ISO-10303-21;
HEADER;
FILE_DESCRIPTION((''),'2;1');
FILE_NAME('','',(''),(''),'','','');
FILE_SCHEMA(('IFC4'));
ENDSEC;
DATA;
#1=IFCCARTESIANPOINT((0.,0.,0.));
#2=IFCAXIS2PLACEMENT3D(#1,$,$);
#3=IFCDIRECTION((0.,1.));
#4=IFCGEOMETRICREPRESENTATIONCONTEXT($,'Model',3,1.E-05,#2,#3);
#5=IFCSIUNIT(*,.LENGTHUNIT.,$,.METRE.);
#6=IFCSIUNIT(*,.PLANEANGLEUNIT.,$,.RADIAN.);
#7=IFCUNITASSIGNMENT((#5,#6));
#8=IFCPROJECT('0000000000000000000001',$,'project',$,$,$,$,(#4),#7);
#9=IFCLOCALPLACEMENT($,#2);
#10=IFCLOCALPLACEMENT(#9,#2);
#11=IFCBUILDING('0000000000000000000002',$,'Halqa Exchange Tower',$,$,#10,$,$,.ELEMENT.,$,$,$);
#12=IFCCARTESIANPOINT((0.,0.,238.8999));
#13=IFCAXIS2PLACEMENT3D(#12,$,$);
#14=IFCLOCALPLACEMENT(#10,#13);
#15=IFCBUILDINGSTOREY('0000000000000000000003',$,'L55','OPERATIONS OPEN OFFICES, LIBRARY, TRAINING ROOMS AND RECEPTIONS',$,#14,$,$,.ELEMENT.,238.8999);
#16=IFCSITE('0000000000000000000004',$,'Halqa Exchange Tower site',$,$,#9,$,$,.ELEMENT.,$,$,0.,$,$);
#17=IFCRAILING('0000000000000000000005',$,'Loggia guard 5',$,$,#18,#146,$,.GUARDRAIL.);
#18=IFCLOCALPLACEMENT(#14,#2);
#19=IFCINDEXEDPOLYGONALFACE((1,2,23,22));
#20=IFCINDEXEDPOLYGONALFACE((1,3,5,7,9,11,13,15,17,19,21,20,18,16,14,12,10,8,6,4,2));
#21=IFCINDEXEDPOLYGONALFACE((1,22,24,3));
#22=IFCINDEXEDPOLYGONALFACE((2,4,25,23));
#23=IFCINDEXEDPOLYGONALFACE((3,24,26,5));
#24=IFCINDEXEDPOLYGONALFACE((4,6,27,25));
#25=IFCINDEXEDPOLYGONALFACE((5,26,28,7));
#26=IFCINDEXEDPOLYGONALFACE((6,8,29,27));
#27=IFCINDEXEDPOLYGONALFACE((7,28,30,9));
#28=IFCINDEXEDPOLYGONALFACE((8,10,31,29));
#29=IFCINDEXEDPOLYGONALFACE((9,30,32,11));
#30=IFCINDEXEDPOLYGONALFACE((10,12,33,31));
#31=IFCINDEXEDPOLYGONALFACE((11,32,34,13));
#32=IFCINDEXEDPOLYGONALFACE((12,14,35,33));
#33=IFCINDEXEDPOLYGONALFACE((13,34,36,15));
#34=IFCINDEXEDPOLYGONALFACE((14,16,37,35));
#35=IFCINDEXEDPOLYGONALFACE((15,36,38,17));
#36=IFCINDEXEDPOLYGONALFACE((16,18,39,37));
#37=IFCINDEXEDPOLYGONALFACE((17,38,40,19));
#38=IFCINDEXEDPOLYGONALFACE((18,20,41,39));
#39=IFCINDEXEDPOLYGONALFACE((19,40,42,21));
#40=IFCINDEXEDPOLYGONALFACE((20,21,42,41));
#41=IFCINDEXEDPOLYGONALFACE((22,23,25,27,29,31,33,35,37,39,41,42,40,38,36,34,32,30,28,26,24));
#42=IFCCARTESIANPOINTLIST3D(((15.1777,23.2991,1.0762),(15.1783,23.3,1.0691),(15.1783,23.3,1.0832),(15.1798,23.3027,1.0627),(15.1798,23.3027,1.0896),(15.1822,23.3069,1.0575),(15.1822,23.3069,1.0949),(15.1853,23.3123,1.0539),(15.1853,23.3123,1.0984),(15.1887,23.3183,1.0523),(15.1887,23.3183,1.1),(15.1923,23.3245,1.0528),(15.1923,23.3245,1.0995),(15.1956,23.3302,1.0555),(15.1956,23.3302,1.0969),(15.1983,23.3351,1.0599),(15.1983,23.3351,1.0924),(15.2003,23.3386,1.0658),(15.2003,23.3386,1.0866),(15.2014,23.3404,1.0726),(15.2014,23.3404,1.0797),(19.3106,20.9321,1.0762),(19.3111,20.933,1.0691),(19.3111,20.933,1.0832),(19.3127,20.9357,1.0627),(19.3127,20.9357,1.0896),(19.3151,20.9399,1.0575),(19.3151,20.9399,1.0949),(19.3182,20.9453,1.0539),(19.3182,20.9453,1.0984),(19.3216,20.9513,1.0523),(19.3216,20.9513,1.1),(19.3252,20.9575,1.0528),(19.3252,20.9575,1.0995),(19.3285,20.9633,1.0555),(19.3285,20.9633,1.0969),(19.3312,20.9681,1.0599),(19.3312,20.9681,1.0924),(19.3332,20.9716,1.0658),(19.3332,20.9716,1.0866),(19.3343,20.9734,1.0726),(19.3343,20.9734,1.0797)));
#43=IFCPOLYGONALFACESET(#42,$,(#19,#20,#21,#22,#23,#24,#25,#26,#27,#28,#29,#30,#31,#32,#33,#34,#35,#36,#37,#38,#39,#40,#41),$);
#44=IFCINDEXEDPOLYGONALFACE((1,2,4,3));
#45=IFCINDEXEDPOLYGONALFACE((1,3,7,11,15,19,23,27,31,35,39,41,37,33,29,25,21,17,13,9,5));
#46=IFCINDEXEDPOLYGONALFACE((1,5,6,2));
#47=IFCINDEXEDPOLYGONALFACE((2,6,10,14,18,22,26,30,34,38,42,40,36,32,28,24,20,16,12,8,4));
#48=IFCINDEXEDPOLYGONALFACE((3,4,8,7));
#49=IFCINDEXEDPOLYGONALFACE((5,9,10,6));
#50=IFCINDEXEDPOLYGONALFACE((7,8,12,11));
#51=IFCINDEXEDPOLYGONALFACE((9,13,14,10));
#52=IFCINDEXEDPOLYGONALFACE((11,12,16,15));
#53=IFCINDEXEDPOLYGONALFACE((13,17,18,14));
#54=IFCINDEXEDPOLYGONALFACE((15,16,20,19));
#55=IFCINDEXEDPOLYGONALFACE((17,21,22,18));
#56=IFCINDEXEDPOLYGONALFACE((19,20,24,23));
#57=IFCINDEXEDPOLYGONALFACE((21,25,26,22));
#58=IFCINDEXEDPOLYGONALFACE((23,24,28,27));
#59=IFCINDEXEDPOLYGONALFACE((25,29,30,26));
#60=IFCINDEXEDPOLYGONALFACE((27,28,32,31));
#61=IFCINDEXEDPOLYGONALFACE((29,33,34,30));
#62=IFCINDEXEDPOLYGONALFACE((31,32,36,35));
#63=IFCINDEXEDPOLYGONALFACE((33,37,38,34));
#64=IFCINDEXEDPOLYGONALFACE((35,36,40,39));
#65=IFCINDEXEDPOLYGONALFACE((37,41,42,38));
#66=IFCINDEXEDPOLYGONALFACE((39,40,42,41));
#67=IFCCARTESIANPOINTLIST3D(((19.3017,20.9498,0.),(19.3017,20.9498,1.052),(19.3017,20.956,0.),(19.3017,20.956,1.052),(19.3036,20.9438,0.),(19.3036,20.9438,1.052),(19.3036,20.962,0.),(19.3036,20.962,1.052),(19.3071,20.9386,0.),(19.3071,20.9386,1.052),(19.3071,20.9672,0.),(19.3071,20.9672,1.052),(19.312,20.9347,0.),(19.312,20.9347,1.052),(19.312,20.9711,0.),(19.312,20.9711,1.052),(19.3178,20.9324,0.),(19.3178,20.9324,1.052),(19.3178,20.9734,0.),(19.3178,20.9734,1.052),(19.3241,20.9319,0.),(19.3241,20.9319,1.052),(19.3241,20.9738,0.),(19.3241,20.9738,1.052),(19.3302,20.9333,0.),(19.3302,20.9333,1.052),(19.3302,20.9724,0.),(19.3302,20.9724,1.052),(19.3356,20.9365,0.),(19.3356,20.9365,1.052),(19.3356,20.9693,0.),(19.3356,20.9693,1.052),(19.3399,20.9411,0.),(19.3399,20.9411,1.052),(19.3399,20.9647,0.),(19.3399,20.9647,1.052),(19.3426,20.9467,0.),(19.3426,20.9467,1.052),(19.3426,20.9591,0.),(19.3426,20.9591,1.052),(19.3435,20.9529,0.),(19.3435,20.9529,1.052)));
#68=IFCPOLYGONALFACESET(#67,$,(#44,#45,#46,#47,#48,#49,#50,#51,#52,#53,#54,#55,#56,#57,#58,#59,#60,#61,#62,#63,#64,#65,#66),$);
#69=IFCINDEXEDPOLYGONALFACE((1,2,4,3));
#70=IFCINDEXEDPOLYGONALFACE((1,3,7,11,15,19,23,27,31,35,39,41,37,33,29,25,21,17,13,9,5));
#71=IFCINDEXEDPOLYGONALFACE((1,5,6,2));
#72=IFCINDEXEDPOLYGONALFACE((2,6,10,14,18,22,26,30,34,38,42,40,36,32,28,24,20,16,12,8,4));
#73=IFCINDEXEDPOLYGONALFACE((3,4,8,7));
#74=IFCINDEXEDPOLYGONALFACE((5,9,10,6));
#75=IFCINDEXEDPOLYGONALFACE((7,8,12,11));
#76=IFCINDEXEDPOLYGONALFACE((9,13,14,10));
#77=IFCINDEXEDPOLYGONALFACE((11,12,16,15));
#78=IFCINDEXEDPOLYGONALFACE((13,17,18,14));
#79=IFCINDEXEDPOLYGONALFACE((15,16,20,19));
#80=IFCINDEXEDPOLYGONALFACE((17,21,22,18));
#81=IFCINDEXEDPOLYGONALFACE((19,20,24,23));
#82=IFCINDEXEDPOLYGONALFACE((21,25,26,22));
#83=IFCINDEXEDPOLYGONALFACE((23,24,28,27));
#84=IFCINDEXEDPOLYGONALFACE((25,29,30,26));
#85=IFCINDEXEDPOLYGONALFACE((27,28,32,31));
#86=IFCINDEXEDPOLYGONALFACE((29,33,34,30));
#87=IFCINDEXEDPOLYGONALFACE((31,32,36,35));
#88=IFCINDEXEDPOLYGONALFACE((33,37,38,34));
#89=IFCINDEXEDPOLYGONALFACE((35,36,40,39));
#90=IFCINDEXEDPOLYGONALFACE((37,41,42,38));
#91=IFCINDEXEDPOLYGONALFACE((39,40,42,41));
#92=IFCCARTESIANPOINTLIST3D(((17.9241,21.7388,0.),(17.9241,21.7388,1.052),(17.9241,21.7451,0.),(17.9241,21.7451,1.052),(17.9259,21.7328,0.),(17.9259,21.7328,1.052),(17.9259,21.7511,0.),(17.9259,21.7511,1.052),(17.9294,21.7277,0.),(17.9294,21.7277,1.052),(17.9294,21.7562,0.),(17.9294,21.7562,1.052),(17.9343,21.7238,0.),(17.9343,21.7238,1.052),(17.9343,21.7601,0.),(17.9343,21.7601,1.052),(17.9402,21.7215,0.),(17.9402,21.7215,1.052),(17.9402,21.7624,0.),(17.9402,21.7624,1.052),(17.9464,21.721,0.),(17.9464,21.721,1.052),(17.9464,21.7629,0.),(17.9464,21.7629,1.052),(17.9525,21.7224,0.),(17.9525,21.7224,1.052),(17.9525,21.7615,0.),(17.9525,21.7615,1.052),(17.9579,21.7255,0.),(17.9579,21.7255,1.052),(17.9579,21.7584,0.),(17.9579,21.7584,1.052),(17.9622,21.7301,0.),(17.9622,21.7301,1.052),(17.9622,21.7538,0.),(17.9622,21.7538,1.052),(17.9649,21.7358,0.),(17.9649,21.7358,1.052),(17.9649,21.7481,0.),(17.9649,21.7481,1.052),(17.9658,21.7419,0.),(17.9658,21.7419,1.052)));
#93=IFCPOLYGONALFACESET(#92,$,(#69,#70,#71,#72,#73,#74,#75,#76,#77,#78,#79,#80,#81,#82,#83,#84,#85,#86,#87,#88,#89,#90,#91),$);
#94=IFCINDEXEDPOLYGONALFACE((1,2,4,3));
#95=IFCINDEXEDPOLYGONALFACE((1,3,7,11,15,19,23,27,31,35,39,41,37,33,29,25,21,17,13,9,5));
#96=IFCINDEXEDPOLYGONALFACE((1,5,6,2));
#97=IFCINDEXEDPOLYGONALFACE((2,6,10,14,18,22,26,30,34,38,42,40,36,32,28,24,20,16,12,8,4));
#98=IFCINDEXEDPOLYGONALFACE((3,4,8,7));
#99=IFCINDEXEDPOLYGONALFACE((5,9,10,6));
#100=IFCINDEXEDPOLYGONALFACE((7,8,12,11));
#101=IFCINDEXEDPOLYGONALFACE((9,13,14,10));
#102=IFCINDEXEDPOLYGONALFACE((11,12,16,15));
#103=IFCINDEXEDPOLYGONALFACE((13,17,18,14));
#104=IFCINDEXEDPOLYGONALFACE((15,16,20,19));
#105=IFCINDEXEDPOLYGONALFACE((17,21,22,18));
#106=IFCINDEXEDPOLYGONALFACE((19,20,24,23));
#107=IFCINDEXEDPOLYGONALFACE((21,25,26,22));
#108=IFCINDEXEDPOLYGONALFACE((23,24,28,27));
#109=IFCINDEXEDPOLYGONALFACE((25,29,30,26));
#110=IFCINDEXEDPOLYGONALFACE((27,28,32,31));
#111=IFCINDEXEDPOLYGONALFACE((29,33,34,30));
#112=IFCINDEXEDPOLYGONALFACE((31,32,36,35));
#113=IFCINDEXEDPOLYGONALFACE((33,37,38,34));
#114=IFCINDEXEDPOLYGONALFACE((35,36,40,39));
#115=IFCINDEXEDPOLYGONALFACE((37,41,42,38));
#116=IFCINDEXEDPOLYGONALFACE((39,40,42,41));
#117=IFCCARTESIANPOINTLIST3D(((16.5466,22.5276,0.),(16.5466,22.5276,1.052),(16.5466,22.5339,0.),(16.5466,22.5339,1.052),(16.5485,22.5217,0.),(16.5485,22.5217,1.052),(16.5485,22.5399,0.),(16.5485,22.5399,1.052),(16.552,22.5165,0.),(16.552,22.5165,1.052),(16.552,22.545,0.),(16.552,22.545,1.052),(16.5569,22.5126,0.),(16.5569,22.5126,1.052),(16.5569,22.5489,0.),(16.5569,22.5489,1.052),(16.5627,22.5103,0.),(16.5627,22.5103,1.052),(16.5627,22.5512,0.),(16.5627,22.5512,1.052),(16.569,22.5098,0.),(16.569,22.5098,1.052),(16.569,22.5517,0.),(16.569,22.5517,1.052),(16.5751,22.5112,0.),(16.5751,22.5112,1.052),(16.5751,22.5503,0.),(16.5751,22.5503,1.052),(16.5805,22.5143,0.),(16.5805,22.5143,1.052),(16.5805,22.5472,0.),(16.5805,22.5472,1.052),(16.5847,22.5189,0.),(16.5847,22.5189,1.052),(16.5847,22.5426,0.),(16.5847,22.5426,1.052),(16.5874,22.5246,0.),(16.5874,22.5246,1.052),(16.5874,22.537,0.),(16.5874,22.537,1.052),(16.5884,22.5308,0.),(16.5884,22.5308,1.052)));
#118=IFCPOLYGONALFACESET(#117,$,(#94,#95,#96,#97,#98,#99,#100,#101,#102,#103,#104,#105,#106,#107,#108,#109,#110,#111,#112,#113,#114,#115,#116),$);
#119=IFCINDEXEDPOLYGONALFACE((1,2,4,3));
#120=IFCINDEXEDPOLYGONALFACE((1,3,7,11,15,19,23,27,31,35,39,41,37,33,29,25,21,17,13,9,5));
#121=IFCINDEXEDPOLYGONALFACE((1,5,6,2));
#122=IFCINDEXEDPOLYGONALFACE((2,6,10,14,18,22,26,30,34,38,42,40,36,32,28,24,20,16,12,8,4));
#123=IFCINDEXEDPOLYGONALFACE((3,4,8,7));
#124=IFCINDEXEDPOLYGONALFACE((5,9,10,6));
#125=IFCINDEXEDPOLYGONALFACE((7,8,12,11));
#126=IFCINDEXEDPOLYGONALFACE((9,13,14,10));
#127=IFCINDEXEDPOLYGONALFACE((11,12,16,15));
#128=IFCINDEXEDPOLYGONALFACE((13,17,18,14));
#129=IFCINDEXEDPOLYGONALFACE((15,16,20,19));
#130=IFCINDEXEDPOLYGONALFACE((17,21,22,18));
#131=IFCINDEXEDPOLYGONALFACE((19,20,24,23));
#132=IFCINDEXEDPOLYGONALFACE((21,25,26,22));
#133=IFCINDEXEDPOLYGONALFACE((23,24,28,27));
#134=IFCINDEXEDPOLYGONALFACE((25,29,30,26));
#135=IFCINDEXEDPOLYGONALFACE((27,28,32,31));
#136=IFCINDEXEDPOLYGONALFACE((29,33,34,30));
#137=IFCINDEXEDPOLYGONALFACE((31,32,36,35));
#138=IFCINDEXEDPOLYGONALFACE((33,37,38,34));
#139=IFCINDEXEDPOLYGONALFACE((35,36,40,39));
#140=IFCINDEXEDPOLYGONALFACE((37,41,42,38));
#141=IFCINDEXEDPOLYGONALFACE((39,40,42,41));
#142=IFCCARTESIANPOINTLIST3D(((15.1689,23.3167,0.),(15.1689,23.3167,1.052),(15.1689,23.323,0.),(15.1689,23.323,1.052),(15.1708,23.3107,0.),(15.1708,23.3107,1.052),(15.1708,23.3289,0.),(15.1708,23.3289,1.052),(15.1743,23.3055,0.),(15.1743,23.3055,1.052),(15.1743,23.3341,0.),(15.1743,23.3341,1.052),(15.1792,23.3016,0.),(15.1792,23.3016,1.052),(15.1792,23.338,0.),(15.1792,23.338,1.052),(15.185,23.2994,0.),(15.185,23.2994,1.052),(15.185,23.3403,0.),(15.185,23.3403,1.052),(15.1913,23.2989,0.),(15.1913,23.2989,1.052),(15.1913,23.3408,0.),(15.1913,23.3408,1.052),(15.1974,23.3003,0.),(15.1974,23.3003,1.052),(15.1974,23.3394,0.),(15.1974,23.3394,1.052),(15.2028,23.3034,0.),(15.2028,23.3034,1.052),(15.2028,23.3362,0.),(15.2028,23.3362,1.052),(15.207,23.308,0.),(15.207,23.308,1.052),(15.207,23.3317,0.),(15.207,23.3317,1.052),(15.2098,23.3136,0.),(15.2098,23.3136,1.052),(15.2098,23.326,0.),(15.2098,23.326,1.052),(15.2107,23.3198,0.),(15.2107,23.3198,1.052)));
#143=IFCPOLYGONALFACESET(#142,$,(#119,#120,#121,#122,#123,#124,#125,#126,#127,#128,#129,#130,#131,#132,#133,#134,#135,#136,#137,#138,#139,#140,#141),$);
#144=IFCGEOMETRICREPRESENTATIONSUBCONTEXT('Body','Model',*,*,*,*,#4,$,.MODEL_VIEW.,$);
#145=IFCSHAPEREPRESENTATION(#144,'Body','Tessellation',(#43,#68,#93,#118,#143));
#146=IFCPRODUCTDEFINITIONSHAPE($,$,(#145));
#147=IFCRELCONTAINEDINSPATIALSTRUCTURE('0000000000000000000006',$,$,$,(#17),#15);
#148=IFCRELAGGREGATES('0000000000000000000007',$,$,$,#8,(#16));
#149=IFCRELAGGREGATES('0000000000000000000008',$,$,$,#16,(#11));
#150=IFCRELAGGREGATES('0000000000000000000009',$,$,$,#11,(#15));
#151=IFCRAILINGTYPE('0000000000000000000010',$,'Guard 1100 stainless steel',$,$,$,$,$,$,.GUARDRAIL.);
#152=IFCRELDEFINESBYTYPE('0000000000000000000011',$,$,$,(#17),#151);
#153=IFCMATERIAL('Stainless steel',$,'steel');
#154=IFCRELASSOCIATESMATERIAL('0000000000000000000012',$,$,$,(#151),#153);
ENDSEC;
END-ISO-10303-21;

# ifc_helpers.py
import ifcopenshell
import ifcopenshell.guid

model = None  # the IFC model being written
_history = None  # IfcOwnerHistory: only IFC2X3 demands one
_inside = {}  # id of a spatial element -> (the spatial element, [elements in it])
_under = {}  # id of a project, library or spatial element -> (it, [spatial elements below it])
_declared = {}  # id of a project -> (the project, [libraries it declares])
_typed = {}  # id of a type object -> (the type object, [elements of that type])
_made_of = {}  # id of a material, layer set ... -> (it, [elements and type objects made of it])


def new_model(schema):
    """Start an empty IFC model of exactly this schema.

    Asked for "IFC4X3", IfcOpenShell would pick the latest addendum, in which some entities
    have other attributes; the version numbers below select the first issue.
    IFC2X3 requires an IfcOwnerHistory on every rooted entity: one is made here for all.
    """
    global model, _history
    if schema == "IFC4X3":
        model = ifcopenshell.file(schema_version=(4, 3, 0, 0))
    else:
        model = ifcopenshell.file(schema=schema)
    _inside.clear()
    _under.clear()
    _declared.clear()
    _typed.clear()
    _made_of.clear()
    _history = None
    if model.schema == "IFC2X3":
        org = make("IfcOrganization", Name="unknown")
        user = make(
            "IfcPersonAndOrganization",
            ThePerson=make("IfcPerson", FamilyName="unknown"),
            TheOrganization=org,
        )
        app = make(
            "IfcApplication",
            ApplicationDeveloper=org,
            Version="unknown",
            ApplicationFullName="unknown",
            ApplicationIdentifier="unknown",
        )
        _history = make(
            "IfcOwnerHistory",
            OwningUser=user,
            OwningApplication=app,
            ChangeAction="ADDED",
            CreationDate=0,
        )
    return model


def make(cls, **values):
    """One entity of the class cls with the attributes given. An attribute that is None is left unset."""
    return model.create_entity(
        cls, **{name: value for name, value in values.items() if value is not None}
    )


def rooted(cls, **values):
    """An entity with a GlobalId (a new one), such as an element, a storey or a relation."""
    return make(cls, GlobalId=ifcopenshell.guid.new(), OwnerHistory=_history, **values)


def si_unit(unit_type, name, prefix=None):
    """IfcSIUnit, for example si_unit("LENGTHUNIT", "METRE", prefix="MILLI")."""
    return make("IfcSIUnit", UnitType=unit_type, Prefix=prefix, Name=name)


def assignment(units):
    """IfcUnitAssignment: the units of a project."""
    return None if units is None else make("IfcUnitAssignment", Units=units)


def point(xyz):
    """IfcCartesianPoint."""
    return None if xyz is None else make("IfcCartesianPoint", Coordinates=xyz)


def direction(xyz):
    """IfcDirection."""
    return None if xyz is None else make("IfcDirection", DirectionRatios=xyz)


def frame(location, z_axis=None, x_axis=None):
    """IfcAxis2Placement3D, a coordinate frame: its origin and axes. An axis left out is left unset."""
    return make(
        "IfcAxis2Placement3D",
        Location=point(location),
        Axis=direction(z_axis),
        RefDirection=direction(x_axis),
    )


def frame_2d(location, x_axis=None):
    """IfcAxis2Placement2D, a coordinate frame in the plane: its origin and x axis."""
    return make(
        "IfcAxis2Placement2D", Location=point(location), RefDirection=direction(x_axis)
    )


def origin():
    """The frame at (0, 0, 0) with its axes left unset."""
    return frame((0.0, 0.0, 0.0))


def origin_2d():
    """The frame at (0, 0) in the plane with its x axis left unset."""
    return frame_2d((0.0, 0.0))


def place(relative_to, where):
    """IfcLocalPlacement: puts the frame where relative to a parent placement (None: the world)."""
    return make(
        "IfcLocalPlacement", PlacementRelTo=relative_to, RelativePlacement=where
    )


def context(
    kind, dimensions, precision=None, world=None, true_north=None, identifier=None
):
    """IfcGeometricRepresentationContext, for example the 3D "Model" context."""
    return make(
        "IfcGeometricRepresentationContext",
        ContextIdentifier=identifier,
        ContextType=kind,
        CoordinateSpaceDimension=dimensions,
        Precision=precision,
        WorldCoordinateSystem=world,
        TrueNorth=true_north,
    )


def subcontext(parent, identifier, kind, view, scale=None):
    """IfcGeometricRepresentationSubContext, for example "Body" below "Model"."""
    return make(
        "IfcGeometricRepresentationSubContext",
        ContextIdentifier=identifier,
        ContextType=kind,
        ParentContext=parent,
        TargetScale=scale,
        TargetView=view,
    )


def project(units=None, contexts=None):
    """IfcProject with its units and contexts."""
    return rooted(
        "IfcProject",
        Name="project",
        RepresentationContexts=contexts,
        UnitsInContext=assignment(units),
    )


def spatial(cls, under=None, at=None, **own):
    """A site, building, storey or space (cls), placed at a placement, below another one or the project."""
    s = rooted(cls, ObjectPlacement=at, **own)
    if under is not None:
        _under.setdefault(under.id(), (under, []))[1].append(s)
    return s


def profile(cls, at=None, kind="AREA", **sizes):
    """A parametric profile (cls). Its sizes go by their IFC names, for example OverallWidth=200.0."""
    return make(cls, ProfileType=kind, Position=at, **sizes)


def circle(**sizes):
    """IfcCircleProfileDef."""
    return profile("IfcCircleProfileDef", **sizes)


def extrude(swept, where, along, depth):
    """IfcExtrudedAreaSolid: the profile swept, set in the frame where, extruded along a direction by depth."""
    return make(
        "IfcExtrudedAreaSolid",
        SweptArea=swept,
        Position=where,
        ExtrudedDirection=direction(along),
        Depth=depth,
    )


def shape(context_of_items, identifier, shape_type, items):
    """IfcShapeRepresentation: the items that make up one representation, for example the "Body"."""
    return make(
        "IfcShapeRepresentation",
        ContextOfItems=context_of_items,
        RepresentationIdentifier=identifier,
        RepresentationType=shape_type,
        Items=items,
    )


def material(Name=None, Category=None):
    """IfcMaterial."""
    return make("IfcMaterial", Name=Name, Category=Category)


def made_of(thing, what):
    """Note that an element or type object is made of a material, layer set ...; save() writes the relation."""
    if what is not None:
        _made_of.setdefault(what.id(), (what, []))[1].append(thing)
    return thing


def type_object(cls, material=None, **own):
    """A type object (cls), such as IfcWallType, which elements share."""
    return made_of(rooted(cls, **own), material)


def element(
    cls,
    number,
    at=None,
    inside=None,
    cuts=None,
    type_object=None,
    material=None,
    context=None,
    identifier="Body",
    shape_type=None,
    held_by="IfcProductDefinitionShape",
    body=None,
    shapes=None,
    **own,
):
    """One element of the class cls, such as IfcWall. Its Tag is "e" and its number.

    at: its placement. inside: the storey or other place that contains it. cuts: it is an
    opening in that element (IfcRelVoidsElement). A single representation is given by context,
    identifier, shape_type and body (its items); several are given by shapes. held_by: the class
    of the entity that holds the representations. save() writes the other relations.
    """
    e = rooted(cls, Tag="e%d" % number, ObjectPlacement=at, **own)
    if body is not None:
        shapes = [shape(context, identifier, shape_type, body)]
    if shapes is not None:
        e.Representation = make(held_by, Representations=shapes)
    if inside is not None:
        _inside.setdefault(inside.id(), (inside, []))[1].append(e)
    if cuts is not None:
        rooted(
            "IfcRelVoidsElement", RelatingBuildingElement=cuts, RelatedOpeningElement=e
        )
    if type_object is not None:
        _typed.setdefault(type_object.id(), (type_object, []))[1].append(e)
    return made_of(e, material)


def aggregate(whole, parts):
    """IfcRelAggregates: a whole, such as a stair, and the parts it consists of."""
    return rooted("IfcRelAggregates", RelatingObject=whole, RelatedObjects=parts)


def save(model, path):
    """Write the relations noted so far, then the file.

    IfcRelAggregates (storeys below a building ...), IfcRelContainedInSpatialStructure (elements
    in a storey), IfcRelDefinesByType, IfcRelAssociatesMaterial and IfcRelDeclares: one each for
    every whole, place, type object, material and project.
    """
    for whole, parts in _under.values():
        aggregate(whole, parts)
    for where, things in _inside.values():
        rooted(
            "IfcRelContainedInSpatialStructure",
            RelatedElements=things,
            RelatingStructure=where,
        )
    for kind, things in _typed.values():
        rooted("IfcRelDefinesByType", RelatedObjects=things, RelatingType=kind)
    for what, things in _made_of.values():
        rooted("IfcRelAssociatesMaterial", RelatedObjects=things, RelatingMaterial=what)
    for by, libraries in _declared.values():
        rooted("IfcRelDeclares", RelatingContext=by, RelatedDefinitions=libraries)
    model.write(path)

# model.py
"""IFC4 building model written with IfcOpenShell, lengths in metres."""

from ifc_helpers import new_model, si_unit, direction, frame, origin, origin_2d, place, context, subcontext, project, spatial, circle, extrude, material, type_object, element, save


model = new_model("IFC4")

# Units and contexts
model_context = context("Model", 3, precision=1e-05, world=origin(), true_north=direction((0.0, 1.0)))
body_context = subcontext(model_context, "Body", "Model", "MODEL_VIEW")
ifc_project = project(units=[si_unit("LENGTHUNIT", "METRE"), si_unit("PLANEANGLEUNIT", "RADIAN")], contexts=[model_context])

# Site, building, storey
site_placement = place(None, origin())
site = spatial("IfcSite", under=ifc_project, at=site_placement, Name="Halqa Exchange Tower site", CompositionType="ELEMENT", RefElevation=0.0)
building_placement = place(site_placement, origin())
building = spatial("IfcBuilding", under=site, at=building_placement, Name="Halqa Exchange Tower", CompositionType="ELEMENT")
storey_placement = place(building_placement, frame((0.0, 0.0, 238.8999)))
storey = spatial("IfcBuildingStorey", under=building, at=storey_placement, Name="L55", Description="OPERATIONS OPEN OFFICES, LIBRARY, TRAINING ROOMS AND RECEPTIONS", CompositionType="ELEMENT", Elevation=238.8999)

# Railing
ifc_material_1 = material(Name="Stainless steel", Category="steel")
railing_type = type_object("IfcRailingType", Name="Guard 1100 stainless steel", PredefinedType="GUARDRAIL", material=ifc_material_1)
railing_1_placement = place(storey_placement, frame((19.3225, 20.9529, 0.0)))
element("IfcRailing", 1, at=railing_1_placement, inside=storey, type_object=railing_type, Name="Loggia guard 5", PredefinedType="GUARDRAIL", context=body_context, shape_type="SweptSolid", body=[
    extrude(circle(Radius=0.0239, at=origin_2d()), frame((0.0, 0.0, 1.0762), z_axis=(-0.86776, 0.496983, 0.0), x_axis=(-0.496983, -0.86776, 0.0)), (0.0, 0.0, 1.0), 4.7627),
    extrude(circle(Radius=0.021, at=origin_2d()), origin(), (0.0, 0.0, 1.0), 1.052),
    extrude(circle(Radius=0.021, at=origin_2d()), frame((-1.3777, 0.7891, 0.0)), (0.0, 0.0, 1.0), 1.052),
    extrude(circle(Radius=0.021, at=origin_2d()), frame((-2.7551, 1.5779, 0.0)), (0.0, 0.0, 1.0), 1.052),
    extrude(circle(Radius=0.021, at=origin_2d()), frame((-4.1328, 2.3669, 0.0)), (0.0, 0.0, 1.0), 1.052),
])

save(model, "model.ifc")
